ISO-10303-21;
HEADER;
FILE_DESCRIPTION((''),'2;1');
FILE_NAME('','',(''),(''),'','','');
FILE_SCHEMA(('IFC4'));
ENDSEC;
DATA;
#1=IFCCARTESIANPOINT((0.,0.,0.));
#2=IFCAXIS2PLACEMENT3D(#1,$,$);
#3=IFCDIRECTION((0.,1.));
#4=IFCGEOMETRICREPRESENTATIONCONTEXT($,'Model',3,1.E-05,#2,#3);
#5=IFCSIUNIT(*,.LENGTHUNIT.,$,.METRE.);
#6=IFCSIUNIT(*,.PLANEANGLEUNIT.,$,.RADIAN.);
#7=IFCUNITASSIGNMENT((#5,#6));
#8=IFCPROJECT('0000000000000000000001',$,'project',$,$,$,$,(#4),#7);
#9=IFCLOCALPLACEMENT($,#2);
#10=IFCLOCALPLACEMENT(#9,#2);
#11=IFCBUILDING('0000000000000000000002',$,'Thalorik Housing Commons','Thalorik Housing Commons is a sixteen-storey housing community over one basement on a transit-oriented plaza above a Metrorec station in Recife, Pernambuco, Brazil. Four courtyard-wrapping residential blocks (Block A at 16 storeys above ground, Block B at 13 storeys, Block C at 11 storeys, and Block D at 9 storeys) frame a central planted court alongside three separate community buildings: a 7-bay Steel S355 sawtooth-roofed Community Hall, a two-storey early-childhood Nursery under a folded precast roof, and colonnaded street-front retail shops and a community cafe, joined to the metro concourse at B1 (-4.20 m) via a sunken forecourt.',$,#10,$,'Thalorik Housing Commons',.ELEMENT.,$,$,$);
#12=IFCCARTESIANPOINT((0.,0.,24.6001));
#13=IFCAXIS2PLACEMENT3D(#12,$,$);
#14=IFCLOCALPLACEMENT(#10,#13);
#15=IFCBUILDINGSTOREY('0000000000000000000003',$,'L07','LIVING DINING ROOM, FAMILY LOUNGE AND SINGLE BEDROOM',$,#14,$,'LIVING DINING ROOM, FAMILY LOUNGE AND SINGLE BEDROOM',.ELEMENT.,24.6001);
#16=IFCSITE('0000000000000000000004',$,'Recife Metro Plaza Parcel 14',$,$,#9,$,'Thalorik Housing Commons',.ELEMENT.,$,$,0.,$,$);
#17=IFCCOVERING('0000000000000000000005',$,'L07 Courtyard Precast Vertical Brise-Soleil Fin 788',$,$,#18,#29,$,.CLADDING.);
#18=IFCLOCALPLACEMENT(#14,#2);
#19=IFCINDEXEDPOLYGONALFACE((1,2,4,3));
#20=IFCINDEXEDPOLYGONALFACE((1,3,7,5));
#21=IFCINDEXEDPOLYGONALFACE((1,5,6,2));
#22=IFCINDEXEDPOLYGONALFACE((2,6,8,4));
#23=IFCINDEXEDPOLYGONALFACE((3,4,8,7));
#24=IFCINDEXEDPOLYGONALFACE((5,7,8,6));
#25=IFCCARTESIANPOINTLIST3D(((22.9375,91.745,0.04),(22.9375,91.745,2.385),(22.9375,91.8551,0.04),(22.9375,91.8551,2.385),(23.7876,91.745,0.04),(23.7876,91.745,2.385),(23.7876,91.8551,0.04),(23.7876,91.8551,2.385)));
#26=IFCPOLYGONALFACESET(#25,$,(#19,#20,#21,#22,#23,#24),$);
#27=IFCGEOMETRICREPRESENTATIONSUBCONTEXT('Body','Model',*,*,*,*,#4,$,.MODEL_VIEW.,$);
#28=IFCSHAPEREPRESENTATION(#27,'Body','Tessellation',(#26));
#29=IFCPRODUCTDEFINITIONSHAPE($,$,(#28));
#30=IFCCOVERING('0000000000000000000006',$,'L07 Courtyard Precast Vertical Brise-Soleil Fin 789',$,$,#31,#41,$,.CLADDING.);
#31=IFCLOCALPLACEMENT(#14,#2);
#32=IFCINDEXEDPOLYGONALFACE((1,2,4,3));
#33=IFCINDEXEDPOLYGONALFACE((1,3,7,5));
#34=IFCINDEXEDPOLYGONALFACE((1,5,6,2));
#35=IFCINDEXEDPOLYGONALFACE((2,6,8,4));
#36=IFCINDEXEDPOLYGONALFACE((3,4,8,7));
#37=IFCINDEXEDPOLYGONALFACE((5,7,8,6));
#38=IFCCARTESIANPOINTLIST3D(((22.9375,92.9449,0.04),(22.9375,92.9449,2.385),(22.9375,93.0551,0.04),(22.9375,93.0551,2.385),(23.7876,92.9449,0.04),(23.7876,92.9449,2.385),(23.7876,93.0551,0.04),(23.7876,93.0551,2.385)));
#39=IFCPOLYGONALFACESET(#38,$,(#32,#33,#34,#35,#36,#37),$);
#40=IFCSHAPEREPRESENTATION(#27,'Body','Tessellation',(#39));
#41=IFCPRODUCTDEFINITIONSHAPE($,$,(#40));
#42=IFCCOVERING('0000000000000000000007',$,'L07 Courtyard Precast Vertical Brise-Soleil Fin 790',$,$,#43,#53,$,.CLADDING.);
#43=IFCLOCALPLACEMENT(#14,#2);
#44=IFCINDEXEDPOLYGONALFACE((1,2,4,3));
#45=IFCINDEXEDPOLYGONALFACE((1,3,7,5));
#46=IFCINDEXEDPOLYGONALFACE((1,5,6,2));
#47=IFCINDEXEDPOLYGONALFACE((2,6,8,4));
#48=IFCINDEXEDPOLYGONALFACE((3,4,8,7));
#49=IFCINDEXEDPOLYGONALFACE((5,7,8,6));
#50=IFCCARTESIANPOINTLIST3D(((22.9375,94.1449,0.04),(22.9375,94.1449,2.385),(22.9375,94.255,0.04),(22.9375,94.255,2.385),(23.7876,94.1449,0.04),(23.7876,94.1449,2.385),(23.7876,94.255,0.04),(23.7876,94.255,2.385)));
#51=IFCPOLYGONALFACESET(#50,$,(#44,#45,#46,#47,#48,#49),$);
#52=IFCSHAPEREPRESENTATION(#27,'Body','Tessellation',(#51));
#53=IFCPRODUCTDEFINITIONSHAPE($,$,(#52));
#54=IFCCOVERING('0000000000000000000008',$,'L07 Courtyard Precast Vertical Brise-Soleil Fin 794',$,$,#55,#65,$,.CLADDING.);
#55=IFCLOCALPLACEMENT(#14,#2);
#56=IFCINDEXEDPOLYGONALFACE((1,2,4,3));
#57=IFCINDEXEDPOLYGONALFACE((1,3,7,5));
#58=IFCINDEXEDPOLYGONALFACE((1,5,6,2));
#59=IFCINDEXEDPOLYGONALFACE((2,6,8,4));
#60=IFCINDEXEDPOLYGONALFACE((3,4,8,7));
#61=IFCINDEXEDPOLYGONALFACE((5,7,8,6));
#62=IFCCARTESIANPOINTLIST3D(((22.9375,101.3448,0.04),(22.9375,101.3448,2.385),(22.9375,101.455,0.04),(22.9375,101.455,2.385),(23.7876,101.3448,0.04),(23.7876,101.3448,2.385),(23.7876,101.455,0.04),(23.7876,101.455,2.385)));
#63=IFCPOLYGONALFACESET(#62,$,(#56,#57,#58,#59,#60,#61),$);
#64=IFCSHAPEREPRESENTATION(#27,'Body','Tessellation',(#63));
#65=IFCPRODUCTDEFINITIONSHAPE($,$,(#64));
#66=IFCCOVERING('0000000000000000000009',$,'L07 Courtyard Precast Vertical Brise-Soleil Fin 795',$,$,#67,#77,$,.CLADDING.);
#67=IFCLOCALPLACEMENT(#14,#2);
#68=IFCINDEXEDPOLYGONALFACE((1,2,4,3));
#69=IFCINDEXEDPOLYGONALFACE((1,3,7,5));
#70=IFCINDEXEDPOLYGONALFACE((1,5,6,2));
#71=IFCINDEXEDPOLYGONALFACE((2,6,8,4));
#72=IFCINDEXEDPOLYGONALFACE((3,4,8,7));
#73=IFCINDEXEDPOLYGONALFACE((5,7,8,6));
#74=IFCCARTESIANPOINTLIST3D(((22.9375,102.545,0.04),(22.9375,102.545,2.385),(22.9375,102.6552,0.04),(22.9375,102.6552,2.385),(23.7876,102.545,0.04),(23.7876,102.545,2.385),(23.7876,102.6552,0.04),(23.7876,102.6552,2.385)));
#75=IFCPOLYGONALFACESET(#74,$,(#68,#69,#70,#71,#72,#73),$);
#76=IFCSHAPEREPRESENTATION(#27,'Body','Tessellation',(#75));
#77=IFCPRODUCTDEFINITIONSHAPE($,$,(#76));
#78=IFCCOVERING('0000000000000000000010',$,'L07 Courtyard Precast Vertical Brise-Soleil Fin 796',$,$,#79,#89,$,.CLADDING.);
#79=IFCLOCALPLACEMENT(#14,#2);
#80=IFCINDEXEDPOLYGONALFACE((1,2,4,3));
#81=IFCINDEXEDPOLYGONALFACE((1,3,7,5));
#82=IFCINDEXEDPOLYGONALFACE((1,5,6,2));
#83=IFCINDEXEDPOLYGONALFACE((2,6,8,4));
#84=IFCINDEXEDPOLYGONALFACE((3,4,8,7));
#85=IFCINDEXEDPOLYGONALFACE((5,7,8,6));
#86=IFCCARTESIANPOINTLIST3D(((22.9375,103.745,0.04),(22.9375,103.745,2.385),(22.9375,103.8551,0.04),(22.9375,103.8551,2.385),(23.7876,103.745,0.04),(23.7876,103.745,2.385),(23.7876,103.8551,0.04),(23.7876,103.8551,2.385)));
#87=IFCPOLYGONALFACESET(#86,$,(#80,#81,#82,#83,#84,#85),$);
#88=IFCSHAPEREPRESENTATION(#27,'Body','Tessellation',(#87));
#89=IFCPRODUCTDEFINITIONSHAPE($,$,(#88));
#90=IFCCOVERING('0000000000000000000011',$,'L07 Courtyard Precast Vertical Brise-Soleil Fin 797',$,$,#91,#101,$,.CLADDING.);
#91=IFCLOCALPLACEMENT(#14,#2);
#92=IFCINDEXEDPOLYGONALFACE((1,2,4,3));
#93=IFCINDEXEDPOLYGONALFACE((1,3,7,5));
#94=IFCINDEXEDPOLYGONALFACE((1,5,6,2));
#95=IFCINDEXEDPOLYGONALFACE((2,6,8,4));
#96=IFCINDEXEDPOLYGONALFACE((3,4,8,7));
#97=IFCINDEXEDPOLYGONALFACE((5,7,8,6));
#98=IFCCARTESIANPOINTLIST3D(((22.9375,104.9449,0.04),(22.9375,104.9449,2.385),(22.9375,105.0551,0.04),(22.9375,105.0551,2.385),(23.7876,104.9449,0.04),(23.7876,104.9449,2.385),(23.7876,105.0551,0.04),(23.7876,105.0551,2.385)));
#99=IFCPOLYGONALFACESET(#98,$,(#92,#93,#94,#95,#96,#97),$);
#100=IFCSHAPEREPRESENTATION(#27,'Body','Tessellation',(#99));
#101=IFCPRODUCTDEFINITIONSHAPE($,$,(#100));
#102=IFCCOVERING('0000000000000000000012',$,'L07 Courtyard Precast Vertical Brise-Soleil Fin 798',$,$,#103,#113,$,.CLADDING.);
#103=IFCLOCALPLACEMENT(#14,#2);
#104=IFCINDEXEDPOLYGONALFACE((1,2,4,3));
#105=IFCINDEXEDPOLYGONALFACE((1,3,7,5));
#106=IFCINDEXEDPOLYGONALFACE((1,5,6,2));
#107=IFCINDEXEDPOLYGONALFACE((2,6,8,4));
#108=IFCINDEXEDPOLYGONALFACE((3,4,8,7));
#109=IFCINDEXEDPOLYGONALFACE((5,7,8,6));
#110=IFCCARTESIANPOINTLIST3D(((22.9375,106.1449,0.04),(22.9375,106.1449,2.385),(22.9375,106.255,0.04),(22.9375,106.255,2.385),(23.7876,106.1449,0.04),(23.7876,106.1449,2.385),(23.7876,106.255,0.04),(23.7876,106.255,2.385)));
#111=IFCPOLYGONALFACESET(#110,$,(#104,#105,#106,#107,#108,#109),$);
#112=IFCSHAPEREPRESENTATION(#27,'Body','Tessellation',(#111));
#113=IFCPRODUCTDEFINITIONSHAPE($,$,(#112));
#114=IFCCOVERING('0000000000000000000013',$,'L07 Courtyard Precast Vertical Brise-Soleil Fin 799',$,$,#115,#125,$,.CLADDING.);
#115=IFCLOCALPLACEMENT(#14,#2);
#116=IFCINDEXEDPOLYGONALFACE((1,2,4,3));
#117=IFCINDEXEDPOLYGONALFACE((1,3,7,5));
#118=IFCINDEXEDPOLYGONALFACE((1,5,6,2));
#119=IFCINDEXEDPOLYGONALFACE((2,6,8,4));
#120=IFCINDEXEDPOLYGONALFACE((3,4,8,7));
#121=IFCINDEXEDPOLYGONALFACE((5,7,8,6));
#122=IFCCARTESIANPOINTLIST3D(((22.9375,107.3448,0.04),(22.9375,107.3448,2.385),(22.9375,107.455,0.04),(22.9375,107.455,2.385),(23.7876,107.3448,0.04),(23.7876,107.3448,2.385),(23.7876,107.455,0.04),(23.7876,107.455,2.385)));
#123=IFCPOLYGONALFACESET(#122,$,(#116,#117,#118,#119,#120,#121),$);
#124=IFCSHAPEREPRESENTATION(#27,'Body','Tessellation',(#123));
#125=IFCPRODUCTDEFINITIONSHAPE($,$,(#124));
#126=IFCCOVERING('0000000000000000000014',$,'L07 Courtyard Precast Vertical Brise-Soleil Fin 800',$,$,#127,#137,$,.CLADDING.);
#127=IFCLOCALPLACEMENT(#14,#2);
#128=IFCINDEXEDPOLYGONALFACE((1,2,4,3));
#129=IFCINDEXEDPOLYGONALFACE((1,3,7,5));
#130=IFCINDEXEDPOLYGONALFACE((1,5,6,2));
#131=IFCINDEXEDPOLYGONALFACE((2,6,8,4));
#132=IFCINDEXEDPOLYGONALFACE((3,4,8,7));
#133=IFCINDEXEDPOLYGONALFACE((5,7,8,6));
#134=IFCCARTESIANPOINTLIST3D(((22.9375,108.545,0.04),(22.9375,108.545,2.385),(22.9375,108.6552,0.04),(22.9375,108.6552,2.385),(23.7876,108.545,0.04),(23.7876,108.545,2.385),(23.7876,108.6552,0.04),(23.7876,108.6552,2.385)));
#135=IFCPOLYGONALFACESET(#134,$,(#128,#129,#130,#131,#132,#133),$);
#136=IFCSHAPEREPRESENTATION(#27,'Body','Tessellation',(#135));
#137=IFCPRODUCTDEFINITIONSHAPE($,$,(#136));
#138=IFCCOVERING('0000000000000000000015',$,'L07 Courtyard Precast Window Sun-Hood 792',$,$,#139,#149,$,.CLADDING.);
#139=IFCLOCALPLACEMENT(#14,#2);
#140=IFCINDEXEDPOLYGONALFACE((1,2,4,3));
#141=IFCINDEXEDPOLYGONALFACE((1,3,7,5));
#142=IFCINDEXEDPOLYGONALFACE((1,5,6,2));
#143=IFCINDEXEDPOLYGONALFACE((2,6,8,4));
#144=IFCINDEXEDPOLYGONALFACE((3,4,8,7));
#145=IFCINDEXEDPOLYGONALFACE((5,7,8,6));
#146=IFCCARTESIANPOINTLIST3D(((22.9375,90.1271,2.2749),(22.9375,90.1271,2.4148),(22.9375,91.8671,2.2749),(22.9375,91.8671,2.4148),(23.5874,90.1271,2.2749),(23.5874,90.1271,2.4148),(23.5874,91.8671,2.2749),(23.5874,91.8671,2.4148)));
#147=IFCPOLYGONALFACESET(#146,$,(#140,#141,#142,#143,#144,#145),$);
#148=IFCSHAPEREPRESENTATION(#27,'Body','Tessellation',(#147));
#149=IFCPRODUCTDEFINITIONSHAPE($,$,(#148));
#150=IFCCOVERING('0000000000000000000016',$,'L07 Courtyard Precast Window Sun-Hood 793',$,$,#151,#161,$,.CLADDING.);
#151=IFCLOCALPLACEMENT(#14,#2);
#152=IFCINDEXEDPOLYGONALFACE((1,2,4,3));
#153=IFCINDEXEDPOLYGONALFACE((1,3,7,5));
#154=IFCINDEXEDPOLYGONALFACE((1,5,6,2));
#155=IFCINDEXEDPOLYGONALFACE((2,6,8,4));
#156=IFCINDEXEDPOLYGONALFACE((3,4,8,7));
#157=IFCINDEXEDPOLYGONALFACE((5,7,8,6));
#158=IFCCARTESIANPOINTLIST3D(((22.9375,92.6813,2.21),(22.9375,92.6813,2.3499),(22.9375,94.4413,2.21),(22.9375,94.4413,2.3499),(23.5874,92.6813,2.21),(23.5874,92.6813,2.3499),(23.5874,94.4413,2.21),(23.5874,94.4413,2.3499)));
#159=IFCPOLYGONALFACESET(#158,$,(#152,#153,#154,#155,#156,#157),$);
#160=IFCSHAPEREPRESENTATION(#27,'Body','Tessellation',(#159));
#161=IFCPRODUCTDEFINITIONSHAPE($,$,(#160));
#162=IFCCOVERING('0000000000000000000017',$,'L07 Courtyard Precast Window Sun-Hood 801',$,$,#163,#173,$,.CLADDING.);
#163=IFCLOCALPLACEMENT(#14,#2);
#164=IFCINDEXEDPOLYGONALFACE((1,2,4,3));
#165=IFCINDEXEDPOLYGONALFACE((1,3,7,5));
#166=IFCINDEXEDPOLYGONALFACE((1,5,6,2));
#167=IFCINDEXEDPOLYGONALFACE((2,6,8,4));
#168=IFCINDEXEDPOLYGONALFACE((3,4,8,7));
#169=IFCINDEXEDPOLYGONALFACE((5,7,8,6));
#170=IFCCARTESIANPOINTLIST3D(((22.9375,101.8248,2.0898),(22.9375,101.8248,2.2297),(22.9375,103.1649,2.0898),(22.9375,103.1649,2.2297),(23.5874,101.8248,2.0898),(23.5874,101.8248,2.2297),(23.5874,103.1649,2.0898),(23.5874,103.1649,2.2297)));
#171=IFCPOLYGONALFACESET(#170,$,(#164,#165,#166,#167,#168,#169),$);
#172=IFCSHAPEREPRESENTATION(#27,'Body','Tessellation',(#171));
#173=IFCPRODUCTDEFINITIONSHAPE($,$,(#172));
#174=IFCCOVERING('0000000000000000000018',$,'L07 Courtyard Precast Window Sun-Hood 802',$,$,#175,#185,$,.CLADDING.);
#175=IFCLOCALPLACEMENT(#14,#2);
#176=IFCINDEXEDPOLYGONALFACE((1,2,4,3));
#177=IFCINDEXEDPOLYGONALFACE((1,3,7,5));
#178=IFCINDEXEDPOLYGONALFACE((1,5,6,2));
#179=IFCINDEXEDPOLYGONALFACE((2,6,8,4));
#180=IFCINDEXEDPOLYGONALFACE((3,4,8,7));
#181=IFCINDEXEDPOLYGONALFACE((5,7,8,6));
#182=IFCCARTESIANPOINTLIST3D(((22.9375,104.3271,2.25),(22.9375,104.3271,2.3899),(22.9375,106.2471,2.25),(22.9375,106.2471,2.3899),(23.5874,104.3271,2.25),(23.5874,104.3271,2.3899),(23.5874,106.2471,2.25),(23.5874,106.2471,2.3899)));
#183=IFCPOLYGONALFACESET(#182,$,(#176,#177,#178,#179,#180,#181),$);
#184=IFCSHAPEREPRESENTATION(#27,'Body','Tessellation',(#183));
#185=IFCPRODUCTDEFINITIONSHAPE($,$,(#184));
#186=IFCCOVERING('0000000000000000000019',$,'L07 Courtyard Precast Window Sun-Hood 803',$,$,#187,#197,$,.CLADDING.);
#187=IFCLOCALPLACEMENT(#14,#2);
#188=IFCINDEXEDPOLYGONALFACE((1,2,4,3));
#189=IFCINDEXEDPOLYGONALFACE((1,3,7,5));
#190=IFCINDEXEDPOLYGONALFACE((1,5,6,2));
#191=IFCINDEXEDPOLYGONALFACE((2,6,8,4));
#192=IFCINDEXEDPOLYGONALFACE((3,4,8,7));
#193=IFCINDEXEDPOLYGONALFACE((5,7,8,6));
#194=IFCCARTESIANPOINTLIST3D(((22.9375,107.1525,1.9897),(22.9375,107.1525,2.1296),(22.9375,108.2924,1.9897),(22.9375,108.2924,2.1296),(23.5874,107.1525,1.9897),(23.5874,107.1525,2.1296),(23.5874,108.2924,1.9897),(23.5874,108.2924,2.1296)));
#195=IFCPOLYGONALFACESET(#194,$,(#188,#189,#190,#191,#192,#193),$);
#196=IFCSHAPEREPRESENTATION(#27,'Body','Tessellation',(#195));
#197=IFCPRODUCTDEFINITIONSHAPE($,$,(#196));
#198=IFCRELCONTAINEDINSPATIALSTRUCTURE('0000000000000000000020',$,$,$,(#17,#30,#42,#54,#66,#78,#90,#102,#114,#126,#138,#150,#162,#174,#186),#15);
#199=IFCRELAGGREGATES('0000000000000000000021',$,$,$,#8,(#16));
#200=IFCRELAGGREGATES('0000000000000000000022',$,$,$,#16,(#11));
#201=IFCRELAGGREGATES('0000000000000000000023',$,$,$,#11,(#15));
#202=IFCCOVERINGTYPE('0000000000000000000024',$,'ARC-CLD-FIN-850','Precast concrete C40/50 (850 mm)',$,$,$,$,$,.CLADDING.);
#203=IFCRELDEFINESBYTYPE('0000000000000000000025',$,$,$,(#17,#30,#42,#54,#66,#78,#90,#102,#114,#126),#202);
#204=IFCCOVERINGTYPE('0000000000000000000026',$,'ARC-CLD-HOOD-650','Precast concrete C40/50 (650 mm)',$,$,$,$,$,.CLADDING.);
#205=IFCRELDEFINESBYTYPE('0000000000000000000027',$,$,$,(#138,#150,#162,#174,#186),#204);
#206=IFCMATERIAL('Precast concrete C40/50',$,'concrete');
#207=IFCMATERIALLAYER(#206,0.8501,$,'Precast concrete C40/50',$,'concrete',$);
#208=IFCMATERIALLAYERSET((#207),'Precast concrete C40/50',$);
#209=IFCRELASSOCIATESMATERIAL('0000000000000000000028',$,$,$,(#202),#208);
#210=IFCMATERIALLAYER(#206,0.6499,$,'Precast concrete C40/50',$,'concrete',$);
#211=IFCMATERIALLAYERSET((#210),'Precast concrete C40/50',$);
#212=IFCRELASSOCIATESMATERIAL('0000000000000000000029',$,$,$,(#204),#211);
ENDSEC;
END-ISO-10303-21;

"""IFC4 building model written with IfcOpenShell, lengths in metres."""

from ifc_helpers import new_model, si_unit, direction, frame, origin, origin_2d, place, context, subcontext, project, spatial, rectangle, extrude, material, layer, layer_set, type_object, element, save


model = new_model("IFC4")

# Units and contexts
model_context = context("Model", 3, precision=1e-05, world=origin(), true_north=direction((0.0, 1.0)))
body_context = subcontext(model_context, "Body", "Model", "MODEL_VIEW")
ifc_project = project(units=[si_unit("LENGTHUNIT", "METRE"), si_unit("PLANEANGLEUNIT", "RADIAN")], contexts=[model_context])

# Site, building, storey
site_placement = place(None, origin())
site = spatial("IfcSite", under=ifc_project, at=site_placement, Name="Recife Metro Plaza Parcel 14", LongName="Thalorik Housing Commons", CompositionType="ELEMENT", RefElevation=0.0)
building_placement = place(site_placement, origin())
building = spatial("IfcBuilding", under=site, at=building_placement, Name="Thalorik Housing Commons", Description="Thalorik Housing Commons is a sixteen-storey housing community over one basement on a transit-oriented plaza above a Metrorec station in Recife, Pernambuco, Brazil. Four courtyard-wrapping residential blocks (Block A at 16 storeys above ground, Block B at 13 storeys, Block C at 11 storeys, and Block D at 9 storeys) frame a central planted court alongside three separate community buildings: a 7-bay Steel S355 sawtooth-roofed Community Hall, a two-storey early-childhood Nursery under a folded precast roof, and colonnaded street-front retail shops and a community cafe, joined to the metro concourse at B1 (-4.20 m) via a sunken forecourt.", LongName="Thalorik Housing Commons", CompositionType="ELEMENT")
storey_placement = place(building_placement, frame((0.0, 0.0, 24.6001)))
storey = spatial("IfcBuildingStorey", under=building, at=storey_placement, Name="L07", Description="LIVING DINING ROOM, FAMILY LOUNGE AND SINGLE BEDROOM", LongName="LIVING DINING ROOM, FAMILY LOUNGE AND SINGLE BEDROOM", CompositionType="ELEMENT", Elevation=24.6001)

# Shared definitions
ifc_material_1 = material(Name="Precast concrete C40/50", Category="concrete")

# Coverings
ifc_layer_1 = layer(ifc_material_1, 0.8501, Name="Precast concrete C40/50", Category="concrete")
ifc_layer_set_1 = layer_set([ifc_layer_1], Name="Precast concrete C40/50")
covering_type_1 = type_object("IfcCoveringType", Name="ARC-CLD-FIN-850", Description="Precast concrete C40/50 (850 mm)", PredefinedType="CLADDING", material=ifc_layer_set_1)
for number, where, z_axis, x_axis, name in (
    (1, (23.3625, 91.8, 0.04), (0.0, 0.0, 1.0), (0.0, 1.0, 0.0), "L07 Courtyard Precast Vertical Brise-Soleil Fin 788"),
    (2, (23.3625, 93.0, 0.04), (0.0, 0.0, 1.0), (0.0, 1.0, 0.0), "L07 Courtyard Precast Vertical Brise-Soleil Fin 789"),
    (3, (23.3625, 94.2, 0.04), (0.0, 0.0, 1.0), (0.0, 1.0, 0.0), "L07 Courtyard Precast Vertical Brise-Soleil Fin 790"),
    (4, (23.3625, 101.3999, 0.04), (0.0, 0.0, 1.0), (0.0, 1.0, 0.0), "L07 Courtyard Precast Vertical Brise-Soleil Fin 794"),
    (5, (23.3625, 102.6001, 0.04), (0.0, 0.0, 1.0), (0.0, 1.0, 0.0), "L07 Courtyard Precast Vertical Brise-Soleil Fin 795"),
    (6, (23.3625, 103.8, 0.04), (0.0, 0.0, 1.0), (0.0, 1.0, 0.0), "L07 Courtyard Precast Vertical Brise-Soleil Fin 796"),
    (7, (23.3625, 105.0, 0.04), (0.0, 0.0, 1.0), (0.0, 1.0, 0.0), "L07 Courtyard Precast Vertical Brise-Soleil Fin 797"),
    (8, (23.3625, 106.2, 0.04), (0.0, 0.0, 1.0), (0.0, 1.0, 0.0), "L07 Courtyard Precast Vertical Brise-Soleil Fin 798"),
    (9, (23.3625, 107.3999, 0.04), (0.0, 0.0, 1.0), (0.0, 1.0, 0.0), "L07 Courtyard Precast Vertical Brise-Soleil Fin 799"),
    (10, (23.3625, 108.6001, 0.04), (0.0, 0.0, 1.0), (0.0, 1.0, 0.0), "L07 Courtyard Precast Vertical Brise-Soleil Fin 800"),
):
    element("IfcCovering", number, at=place(storey_placement, frame(where, z_axis=z_axis, x_axis=x_axis)), inside=storey, type_object=covering_type_1, Name=name, PredefinedType="CLADDING", context=body_context, shape_type="SweptSolid", body=[
        extrude(rectangle(XDim=0.1101, YDim=0.8501, at=origin_2d()), origin(), (0.0, 0.0, 1.0), 2.345),
    ])
ifc_layer_2 = layer(ifc_material_1, 0.6499, Name="Precast concrete C40/50", Category="concrete")
ifc_layer_set_2 = layer_set([ifc_layer_2], Name="Precast concrete C40/50")
covering_type_2 = type_object("IfcCoveringType", Name="ARC-CLD-HOOD-650", Description="Precast concrete C40/50 (650 mm)", PredefinedType="CLADDING", material=ifc_layer_set_2)
covering_1_placement = place(storey_placement, frame((23.2625, 90.9971, 2.2749), z_axis=(0.0, 0.0, 1.0), x_axis=(0.0, 1.0, 0.0)))
element("IfcCovering", 11, at=covering_1_placement, inside=storey, type_object=covering_type_2, Name="L07 Courtyard Precast Window Sun-Hood 792", PredefinedType="CLADDING", context=body_context, shape_type="SweptSolid", body=[
    extrude(rectangle(XDim=1.74, YDim=0.6499, at=origin_2d()), origin(), (0.0, 0.0, 1.0), 0.1399),
])
covering_2_placement = place(storey_placement, frame((23.2625, 93.5613, 2.21), z_axis=(0.0, 0.0, 1.0), x_axis=(0.0, 1.0, 0.0)))
element("IfcCovering", 12, at=covering_2_placement, inside=storey, type_object=covering_type_2, Name="L07 Courtyard Precast Window Sun-Hood 793", PredefinedType="CLADDING", context=body_context, shape_type="SweptSolid", body=[
    extrude(rectangle(XDim=1.76, YDim=0.6499, at=origin_2d()), origin(), (0.0, 0.0, 1.0), 0.1399),
])
covering_3_placement = place(storey_placement, frame((23.2625, 102.4949, 2.0898), z_axis=(0.0, 0.0, 1.0), x_axis=(0.0, 1.0, 0.0)))
element("IfcCovering", 13, at=covering_3_placement, inside=storey, type_object=covering_type_2, Name="L07 Courtyard Precast Window Sun-Hood 801", PredefinedType="CLADDING", context=body_context, shape_type="SweptSolid", body=[
    extrude(rectangle(XDim=1.3401, YDim=0.6499, at=origin_2d()), origin(), (0.0, 0.0, 1.0), 0.1399),
])
covering_4_placement = place(storey_placement, frame((23.2625, 105.2871, 2.25), z_axis=(0.0, 0.0, 1.0), x_axis=(0.0, 1.0, 0.0)))
element("IfcCovering", 14, at=covering_4_placement, inside=storey, type_object=covering_type_2, Name="L07 Courtyard Precast Window Sun-Hood 802", PredefinedType="CLADDING", context=body_context, shape_type="SweptSolid", body=[
    extrude(rectangle(XDim=1.9199, YDim=0.6499, at=origin_2d()), origin(), (0.0, 0.0, 1.0), 0.1399),
])
covering_5_placement = place(storey_placement, frame((23.2625, 107.7224, 1.9897), z_axis=(0.0, 0.0, 1.0), x_axis=(0.0, 1.0, 0.0)))
element("IfcCovering", 15, at=covering_5_placement, inside=storey, type_object=covering_type_2, Name="L07 Courtyard Precast Window Sun-Hood 803", PredefinedType="CLADDING", context=body_context, shape_type="SweptSolid", body=[
    extrude(rectangle(XDim=1.1399, YDim=0.6499, at=origin_2d()), origin(), (0.0, 0.0, 1.0), 0.1399),
])

save(model, "model.ifc")
